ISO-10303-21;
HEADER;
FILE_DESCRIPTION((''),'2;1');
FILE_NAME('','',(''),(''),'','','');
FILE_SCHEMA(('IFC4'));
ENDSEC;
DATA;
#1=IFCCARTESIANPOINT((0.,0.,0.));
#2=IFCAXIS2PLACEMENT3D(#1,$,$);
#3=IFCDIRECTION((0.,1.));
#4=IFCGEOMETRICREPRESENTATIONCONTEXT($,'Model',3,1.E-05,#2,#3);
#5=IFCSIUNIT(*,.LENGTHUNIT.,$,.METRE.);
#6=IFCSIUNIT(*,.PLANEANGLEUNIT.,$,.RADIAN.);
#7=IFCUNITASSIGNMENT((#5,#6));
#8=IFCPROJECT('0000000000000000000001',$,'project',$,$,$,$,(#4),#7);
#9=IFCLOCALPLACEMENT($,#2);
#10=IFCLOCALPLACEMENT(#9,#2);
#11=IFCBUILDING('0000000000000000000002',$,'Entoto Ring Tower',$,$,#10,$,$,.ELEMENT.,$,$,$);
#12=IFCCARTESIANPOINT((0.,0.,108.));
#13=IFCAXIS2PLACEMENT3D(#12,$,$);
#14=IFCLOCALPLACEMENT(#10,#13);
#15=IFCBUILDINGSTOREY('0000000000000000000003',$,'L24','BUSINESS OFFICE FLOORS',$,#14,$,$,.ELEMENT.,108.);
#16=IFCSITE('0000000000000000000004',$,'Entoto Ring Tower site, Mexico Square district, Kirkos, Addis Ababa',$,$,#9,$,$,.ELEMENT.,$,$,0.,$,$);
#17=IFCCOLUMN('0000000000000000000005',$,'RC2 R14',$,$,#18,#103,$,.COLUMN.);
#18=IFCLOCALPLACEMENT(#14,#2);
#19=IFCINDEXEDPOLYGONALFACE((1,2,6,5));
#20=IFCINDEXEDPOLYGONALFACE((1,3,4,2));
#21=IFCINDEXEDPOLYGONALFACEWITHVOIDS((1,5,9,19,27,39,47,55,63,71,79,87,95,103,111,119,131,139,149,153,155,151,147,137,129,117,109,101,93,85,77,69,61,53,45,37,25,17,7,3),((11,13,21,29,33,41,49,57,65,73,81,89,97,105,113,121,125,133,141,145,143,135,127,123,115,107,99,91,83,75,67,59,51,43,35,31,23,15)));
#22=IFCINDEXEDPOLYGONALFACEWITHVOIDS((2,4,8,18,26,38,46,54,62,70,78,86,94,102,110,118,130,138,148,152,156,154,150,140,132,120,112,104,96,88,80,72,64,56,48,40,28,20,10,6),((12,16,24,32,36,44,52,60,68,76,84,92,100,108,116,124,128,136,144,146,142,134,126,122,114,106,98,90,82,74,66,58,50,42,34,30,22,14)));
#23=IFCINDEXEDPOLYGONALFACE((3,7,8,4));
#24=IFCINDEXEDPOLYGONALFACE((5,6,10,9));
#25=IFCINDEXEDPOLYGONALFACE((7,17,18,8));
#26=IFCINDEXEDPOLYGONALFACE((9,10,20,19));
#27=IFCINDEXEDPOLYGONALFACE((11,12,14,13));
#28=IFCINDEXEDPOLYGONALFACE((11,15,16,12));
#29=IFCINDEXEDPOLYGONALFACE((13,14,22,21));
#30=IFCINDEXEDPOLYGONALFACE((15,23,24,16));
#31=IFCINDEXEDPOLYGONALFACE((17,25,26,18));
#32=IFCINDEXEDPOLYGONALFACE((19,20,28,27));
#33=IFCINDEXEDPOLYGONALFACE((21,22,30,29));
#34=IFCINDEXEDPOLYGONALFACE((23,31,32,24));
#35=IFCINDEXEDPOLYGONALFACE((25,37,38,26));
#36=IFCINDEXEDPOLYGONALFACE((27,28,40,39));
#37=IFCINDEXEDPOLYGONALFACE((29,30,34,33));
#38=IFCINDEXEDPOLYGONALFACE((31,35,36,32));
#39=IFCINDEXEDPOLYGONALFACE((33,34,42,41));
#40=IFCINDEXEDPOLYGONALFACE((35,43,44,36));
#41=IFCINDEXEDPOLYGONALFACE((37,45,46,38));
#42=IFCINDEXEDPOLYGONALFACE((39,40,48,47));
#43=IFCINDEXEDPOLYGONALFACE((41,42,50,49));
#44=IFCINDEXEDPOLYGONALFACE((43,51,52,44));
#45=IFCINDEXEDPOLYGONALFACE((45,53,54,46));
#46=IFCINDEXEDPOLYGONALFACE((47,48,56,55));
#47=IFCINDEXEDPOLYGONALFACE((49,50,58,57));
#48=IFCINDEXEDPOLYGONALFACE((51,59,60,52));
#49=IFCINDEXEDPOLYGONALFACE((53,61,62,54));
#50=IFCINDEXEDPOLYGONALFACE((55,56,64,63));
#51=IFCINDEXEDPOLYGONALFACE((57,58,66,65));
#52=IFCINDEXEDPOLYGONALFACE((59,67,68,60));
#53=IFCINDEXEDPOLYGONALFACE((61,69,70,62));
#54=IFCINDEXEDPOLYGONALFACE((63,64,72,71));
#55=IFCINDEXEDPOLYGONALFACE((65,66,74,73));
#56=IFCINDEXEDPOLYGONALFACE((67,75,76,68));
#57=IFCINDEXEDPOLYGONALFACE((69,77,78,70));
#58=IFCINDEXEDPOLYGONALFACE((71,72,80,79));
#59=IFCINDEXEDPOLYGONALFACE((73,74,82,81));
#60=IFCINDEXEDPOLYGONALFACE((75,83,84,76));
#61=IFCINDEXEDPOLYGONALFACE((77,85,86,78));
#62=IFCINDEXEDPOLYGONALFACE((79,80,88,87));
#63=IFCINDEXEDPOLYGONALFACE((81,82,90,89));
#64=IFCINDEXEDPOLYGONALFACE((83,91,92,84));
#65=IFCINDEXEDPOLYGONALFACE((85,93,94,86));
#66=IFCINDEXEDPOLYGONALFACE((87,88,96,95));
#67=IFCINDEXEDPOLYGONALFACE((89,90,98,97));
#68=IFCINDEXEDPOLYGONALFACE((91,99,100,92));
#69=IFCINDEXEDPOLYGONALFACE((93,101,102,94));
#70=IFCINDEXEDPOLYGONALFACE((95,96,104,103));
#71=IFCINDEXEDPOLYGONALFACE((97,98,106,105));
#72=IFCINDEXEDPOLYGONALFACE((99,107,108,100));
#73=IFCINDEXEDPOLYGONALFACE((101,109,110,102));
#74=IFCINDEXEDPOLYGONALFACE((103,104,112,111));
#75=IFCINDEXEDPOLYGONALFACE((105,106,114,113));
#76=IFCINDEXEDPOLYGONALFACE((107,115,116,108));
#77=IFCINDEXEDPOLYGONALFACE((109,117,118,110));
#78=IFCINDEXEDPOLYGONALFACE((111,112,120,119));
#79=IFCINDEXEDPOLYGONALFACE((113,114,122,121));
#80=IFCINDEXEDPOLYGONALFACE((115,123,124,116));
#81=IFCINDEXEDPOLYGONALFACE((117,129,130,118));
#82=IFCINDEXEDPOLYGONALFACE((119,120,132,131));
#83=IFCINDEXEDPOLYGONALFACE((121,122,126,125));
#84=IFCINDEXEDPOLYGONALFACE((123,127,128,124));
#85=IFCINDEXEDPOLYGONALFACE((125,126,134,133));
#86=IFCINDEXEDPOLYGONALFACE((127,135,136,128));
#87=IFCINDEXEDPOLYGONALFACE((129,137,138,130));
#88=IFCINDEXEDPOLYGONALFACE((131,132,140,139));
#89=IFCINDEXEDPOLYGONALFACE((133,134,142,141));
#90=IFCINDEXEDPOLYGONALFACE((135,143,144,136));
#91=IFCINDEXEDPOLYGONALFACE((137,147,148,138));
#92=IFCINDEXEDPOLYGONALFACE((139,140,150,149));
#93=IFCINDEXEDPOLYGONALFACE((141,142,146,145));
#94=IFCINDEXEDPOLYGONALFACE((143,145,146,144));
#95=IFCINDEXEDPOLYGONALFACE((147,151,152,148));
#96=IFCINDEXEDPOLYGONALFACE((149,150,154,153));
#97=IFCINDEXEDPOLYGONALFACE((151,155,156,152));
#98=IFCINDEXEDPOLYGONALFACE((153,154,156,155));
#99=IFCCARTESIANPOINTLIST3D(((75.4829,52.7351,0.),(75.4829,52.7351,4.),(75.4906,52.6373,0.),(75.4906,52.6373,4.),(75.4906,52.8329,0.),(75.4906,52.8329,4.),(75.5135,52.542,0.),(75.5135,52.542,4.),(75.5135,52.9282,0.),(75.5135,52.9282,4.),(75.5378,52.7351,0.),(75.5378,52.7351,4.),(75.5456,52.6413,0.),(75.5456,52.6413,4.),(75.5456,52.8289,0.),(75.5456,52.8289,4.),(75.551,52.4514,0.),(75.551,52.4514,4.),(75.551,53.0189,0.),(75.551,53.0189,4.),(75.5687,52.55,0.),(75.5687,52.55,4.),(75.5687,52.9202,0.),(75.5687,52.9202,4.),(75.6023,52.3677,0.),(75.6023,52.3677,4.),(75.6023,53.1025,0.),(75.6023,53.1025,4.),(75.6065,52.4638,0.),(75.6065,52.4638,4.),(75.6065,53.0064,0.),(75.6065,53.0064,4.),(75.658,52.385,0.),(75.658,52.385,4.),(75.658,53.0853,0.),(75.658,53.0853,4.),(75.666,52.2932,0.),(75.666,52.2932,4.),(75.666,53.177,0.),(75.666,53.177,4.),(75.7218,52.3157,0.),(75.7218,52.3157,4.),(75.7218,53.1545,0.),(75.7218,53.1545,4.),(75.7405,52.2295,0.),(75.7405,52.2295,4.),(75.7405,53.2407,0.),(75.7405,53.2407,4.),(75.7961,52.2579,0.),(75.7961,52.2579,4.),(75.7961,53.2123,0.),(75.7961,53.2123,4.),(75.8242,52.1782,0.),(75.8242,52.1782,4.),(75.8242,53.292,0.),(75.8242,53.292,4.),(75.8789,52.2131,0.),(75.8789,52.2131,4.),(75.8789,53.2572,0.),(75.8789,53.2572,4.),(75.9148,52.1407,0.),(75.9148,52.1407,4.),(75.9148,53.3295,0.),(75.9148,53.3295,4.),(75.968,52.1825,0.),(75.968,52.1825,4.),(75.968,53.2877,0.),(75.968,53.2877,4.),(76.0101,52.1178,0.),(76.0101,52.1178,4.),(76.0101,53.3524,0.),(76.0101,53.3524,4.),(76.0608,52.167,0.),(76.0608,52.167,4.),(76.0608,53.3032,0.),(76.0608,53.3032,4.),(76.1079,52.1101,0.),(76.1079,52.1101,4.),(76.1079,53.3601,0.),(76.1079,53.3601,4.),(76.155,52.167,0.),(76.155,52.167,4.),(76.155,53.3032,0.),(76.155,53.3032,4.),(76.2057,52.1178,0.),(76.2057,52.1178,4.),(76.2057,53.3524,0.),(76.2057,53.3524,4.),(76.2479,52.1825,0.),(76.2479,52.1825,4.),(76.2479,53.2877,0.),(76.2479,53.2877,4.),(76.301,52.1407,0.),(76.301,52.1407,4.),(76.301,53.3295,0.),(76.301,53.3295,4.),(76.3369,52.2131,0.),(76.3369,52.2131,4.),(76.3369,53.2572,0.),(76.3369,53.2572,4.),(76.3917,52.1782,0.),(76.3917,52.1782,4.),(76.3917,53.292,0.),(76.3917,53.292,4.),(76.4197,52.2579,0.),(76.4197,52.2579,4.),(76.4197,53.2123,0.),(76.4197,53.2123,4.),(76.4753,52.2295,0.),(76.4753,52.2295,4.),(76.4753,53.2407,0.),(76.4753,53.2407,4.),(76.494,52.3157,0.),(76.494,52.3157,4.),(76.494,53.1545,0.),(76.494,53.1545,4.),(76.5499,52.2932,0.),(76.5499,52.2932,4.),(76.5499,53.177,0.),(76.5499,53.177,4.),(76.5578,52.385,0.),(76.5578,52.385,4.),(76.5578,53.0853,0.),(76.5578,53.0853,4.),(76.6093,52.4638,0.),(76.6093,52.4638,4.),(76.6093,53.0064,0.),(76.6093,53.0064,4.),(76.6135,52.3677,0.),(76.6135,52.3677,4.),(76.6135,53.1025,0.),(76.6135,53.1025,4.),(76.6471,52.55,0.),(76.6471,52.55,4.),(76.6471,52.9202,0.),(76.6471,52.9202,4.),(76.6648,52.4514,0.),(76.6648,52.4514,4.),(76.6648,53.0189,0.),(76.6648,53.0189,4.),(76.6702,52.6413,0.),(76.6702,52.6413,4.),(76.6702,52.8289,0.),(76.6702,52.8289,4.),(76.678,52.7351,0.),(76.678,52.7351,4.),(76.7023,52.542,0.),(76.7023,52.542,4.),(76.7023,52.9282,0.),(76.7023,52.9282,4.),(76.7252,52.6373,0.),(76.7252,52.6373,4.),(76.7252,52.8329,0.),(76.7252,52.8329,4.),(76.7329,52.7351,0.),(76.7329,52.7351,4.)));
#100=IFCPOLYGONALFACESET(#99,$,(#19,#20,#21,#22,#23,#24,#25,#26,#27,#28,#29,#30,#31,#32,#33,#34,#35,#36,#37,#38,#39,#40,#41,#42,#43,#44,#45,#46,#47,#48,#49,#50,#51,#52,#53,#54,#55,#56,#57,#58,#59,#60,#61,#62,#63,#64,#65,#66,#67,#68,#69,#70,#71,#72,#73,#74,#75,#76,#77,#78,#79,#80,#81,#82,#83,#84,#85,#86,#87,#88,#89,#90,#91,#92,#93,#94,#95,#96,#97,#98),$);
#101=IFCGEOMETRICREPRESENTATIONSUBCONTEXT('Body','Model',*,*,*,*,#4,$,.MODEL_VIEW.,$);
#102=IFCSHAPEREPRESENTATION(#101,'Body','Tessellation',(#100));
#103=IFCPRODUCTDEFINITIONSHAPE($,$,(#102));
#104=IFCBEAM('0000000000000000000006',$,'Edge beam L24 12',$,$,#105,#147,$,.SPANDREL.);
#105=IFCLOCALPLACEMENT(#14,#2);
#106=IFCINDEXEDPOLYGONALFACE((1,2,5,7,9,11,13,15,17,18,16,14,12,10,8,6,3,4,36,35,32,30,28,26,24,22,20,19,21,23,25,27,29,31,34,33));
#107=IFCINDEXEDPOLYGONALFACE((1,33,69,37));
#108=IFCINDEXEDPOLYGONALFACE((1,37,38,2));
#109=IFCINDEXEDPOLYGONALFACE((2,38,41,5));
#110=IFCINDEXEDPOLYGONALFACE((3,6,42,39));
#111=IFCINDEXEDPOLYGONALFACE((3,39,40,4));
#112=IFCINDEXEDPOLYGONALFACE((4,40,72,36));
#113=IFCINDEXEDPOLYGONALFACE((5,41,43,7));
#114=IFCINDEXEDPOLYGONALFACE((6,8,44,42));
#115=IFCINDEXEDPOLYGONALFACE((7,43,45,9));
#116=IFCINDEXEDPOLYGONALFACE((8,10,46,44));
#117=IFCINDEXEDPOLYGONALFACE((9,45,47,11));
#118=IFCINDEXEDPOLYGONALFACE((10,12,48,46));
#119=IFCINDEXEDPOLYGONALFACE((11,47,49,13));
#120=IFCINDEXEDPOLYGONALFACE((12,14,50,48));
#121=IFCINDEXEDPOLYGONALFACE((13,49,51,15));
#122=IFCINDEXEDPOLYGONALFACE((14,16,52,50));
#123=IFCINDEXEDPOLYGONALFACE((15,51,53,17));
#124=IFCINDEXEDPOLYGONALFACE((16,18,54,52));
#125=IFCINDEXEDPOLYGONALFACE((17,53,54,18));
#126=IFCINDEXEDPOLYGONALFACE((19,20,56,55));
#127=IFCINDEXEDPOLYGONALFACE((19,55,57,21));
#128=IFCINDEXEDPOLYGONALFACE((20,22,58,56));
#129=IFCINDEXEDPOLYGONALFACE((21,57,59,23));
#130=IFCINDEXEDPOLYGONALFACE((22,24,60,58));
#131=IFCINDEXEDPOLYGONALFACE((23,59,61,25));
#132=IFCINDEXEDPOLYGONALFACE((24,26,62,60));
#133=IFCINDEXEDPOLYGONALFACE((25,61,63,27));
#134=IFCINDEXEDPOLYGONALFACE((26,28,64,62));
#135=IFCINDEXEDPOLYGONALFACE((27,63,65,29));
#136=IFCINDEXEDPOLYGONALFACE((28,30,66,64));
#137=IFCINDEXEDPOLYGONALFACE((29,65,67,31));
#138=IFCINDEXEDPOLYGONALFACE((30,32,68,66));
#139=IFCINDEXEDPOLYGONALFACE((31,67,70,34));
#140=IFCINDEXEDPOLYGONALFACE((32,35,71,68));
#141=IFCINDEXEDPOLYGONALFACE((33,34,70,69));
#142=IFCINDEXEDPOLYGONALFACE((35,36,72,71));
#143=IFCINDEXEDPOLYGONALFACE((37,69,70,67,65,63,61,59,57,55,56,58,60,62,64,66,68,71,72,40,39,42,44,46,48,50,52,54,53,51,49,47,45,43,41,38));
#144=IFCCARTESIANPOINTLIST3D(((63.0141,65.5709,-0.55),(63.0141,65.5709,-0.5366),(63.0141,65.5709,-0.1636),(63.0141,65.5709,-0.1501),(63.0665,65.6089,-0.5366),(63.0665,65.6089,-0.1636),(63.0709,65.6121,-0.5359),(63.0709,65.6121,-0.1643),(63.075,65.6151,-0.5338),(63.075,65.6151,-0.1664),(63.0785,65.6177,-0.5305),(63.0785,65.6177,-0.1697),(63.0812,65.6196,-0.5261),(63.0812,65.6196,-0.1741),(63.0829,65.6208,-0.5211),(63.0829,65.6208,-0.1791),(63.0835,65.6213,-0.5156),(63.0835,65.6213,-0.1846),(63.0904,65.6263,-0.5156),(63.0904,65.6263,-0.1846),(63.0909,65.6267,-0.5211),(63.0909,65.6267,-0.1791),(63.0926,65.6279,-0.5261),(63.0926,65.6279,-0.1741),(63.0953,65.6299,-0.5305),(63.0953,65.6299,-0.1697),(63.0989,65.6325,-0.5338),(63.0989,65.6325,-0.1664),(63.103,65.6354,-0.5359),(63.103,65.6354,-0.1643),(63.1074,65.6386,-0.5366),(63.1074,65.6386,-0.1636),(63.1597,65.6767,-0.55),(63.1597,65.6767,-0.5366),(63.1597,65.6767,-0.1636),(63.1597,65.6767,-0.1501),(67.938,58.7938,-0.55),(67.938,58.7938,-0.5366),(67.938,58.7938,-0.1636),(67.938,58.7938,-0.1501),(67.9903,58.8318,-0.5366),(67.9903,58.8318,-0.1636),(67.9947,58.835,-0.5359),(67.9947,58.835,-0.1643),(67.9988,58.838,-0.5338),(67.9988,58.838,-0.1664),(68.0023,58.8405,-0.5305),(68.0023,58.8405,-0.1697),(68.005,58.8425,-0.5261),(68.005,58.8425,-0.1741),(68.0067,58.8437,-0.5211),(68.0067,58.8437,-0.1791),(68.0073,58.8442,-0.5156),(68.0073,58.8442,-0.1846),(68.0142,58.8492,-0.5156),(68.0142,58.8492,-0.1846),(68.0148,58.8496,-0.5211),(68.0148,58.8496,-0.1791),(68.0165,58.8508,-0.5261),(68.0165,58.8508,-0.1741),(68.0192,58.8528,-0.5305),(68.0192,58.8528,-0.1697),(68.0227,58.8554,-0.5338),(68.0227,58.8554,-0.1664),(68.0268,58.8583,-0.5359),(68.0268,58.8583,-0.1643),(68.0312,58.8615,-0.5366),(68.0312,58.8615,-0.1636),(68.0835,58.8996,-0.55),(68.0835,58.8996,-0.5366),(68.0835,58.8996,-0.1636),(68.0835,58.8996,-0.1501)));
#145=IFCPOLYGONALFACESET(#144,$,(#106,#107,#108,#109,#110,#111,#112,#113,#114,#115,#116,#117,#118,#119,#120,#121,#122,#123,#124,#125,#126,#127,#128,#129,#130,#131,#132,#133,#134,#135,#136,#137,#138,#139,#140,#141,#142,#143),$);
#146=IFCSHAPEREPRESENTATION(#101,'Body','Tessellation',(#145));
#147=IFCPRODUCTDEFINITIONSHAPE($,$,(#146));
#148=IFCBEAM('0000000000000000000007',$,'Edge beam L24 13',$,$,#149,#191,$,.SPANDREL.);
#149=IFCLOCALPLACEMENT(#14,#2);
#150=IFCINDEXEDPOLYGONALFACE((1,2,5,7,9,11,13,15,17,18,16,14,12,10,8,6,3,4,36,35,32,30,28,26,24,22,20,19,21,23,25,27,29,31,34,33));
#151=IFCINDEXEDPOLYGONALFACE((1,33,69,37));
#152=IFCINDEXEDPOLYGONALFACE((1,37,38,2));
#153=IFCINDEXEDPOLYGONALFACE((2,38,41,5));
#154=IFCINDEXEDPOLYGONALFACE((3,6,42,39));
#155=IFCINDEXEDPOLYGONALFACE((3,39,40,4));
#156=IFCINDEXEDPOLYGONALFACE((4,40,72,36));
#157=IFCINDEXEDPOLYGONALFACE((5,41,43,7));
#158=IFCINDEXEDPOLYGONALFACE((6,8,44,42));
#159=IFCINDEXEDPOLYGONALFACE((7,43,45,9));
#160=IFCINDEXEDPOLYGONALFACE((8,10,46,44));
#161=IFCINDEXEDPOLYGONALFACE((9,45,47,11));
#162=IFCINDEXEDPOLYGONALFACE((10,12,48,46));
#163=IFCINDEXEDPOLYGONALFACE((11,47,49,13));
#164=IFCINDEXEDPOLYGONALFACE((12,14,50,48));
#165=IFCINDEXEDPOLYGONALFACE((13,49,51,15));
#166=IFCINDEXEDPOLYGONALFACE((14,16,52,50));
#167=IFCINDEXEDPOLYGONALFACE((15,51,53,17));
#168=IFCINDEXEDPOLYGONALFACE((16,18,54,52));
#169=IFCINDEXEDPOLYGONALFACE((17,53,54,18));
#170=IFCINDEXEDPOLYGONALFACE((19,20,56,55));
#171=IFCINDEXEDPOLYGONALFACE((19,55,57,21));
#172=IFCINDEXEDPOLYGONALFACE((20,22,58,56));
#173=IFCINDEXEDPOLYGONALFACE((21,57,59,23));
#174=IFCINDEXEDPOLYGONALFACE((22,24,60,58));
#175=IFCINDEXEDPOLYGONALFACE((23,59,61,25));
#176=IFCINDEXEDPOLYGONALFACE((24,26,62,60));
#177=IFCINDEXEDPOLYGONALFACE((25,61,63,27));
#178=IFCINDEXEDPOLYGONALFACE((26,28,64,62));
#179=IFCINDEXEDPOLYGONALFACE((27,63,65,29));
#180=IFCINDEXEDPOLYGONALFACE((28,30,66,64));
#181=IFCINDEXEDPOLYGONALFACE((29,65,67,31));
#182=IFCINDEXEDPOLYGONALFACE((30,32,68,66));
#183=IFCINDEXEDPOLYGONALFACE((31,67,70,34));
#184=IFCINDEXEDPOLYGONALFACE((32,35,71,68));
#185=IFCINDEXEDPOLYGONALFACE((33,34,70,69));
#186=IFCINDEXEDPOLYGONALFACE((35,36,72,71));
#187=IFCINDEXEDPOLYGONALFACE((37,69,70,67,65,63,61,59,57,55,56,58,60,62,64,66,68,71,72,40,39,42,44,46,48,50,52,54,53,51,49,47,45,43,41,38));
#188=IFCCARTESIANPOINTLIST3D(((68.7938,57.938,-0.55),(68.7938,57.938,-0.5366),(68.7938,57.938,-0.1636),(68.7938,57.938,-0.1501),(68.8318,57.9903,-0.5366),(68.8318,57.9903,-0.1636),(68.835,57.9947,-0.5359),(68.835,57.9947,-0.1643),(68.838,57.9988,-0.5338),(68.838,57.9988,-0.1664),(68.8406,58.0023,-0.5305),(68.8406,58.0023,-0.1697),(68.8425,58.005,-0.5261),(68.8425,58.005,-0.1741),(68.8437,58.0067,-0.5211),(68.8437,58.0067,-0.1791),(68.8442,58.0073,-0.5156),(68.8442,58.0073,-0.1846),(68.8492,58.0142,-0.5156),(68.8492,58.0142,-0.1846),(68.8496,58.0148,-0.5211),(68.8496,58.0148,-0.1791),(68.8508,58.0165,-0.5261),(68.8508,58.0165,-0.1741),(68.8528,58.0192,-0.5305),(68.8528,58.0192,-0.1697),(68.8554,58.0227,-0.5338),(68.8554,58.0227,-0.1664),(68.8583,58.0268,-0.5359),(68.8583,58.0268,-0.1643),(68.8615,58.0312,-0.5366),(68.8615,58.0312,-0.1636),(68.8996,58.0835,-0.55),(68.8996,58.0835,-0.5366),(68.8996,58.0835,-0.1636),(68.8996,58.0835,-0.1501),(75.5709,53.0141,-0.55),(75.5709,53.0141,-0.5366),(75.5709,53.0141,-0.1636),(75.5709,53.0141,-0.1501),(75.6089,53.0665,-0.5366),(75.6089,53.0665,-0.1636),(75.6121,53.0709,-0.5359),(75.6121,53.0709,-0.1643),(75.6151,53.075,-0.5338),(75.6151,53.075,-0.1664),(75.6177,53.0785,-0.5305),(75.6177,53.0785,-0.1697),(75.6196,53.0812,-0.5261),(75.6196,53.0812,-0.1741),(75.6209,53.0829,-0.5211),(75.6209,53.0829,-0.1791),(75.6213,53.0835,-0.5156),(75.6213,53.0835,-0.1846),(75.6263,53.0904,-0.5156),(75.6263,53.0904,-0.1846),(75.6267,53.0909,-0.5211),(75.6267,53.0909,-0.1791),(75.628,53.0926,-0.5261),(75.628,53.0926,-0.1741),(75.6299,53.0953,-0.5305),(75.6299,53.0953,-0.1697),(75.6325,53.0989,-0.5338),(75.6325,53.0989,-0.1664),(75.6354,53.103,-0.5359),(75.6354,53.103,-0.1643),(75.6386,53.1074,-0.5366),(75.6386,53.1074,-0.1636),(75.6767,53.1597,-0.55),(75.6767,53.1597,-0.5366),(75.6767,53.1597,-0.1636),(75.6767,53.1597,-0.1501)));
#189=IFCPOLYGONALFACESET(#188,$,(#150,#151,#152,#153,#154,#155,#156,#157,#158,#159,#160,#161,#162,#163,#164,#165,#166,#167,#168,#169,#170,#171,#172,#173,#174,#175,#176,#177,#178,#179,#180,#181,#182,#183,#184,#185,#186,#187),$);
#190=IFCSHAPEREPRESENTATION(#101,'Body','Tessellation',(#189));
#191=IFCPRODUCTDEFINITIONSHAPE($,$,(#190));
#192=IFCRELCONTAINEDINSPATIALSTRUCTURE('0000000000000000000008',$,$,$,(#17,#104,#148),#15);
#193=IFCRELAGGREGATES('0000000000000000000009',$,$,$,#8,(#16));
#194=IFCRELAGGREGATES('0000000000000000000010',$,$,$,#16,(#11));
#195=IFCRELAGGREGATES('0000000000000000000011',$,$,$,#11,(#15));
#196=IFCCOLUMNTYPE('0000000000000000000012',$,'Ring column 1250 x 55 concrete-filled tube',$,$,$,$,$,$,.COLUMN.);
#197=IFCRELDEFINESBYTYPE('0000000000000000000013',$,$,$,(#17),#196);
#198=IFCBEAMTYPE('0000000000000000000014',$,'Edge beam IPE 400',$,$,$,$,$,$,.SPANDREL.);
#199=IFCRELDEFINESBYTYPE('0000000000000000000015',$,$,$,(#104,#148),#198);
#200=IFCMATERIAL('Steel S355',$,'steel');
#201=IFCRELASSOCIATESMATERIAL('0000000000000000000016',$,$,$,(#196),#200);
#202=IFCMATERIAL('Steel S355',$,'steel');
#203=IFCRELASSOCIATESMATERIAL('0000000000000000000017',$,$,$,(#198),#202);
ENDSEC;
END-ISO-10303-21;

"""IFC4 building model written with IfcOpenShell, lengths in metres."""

from ifc_helpers import new_model, si_unit, direction, frame, origin, origin_2d, place, context, subcontext, project, spatial, circle, hollow_circle, i_section, extrude, material, material_profile, profile_set, type_object, element, save


model = new_model("IFC4")

# Units and contexts
model_context = context("Model", 3, precision=1e-05, world=origin(), true_north=direction((0.0, 1.0)))
body_context = subcontext(model_context, "Body", "Model", "MODEL_VIEW")
ifc_project = project(units=[si_unit("LENGTHUNIT", "METRE"), si_unit("PLANEANGLEUNIT", "RADIAN")], contexts=[model_context])

# Site, building, storey
site_placement = place(None, origin())
site = spatial("IfcSite", under=ifc_project, at=site_placement, Name="Entoto Ring Tower site, Mexico Square district, Kirkos, Addis Ababa", CompositionType="ELEMENT", RefElevation=0.0)
building_placement = place(site_placement, origin())
building = spatial("IfcBuilding", under=site, at=building_placement, Name="Entoto Ring Tower", CompositionType="ELEMENT")
storey_placement = place(building_placement, frame((0.0, 0.0, 108.0)))
storey = spatial("IfcBuildingStorey", under=building, at=storey_placement, Name="L24", Description="BUSINESS OFFICE FLOORS", CompositionType="ELEMENT", Elevation=108.0)

# Column
ifc_material_1 = material(Name="Steel S355", Category="steel")
ifc_material_profile_1 = material_profile(ifc_material_1, hollow_circle(Radius=0.625, WallThickness=0.0549, at=origin_2d()), Name="CHS 1250 x 55")
ifc_material_2 = material(Name="Concrete C60/75", Category="concrete")
ifc_material_profile_2 = material_profile(ifc_material_2, circle(Radius=0.5701, at=origin_2d()), Name="Concrete C60/75 infill")
ifc_profile_set_1 = profile_set([ifc_material_profile_1, ifc_material_profile_2], Name="Steel S355")
column_type = type_object("IfcColumnType", Name="Ring column 1250 x 55 concrete-filled tube", PredefinedType="COLUMN", material=ifc_profile_set_1)
for number, where, z_axis, x_axis, name in (
    (1, (76.1079, 52.7351, 0.0), (0.0, 0.0, 1.0), (1.0, 0.0, 0.0), "RC2 R14"),
):
    element("IfcColumn", number, at=place(storey_placement, frame(where, z_axis=z_axis, x_axis=x_axis)), inside=storey, type_object=column_type, Name=name, PredefinedType="COLUMN", context=body_context, shape_type="SweptSolid", body=[
        extrude(hollow_circle(Radius=0.625, WallThickness=0.0549, at=origin_2d()), origin(), (0.0, 0.0, 1.0), 4.0),
    ])

# Beams
ifc_material_3 = material(Name="Steel S355", Category="steel")
ifc_material_profile_3 = material_profile(ifc_material_3, i_section(OverallWidth=0.1799, OverallDepth=0.3999, WebThickness=0.0085, FlangeThickness=0.0134, FilletRadius=0.021, at=origin_2d()), Name="IPE 400")
ifc_profile_set_2 = profile_set([ifc_material_profile_3], Name="Steel S355")
beam_type_1 = type_object("IfcBeamType", Name="Edge beam IPE 400", PredefinedType="SPANDREL", material=ifc_profile_set_2)
for number, where, z_axis, x_axis, name in (
    (2, (63.0869, 65.6238, -0.3501), (0.587783, -0.809018, 0.0), (0.809018, 0.587783, 0.0), "Edge beam L24 12"),
    (3, (68.8467, 58.0107, -0.3501), (0.809018, -0.587783, 0.0), (0.587783, 0.809018, 0.0), "Edge beam L24 13"),
):
    element("IfcBeam", number, at=place(storey_placement, frame(where, z_axis=z_axis, x_axis=x_axis)), inside=storey, type_object=beam_type_1, Name=name, PredefinedType="SPANDREL", context=body_context, shape_type="SweptSolid", body=[
        extrude(i_section(OverallWidth=0.1799, OverallDepth=0.3999, WebThickness=0.0085, FlangeThickness=0.0134, FilletRadius=0.021, at=origin_2d()), origin(), (0.0, 0.0, 1.0), 8.377),
    ])

save(model, "model.ifc")
